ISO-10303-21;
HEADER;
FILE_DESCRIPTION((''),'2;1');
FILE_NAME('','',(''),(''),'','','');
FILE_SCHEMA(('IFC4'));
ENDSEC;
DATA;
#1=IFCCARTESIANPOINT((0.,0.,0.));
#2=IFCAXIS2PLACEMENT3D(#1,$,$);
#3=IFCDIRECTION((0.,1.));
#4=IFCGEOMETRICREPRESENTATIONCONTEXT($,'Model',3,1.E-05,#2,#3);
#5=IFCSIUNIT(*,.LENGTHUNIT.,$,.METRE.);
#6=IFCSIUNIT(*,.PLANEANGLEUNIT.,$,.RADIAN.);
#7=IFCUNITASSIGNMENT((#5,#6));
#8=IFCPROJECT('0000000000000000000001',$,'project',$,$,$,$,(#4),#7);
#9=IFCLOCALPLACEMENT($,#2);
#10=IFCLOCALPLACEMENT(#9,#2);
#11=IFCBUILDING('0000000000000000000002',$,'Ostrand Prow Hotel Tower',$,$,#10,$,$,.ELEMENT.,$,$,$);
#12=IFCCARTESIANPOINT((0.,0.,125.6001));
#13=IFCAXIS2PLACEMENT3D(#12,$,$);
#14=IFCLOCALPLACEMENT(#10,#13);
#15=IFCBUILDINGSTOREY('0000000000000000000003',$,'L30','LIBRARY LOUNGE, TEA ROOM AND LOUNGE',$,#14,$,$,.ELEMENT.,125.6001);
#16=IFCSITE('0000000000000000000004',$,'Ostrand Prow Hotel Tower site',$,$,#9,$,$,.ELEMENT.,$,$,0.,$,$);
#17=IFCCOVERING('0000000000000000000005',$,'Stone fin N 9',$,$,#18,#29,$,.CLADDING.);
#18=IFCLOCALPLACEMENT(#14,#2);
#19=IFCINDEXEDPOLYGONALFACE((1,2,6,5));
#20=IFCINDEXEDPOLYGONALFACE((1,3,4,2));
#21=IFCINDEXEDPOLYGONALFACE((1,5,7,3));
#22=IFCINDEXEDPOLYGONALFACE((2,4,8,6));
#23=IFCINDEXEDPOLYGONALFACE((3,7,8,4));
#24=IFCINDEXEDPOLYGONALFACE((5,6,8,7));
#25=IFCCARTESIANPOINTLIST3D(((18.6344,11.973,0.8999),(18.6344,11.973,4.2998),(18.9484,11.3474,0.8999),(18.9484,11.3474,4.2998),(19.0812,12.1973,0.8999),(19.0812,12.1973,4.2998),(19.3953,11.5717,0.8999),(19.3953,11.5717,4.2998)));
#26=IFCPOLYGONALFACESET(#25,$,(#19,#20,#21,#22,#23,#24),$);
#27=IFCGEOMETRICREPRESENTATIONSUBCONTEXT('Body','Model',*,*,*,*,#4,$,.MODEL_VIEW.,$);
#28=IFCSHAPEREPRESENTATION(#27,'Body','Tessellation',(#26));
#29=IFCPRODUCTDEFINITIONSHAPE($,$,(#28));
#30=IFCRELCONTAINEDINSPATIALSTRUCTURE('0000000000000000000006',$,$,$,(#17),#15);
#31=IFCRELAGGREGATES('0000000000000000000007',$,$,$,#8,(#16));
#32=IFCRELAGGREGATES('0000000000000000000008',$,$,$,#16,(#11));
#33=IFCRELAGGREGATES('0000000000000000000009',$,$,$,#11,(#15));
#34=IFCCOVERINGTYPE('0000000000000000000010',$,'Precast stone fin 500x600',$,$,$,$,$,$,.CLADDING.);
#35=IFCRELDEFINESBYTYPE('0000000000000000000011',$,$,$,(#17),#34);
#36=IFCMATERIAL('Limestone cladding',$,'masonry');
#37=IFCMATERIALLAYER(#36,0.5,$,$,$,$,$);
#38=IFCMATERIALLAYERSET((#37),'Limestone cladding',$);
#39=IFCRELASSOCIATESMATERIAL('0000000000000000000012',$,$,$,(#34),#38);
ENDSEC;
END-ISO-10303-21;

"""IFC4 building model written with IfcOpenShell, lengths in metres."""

from ifc_helpers import new_model, si_unit, direction, frame, frame_2d, origin, place, context, subcontext, project, spatial, rectangle, extrude, material, layer, layer_set, type_object, element, save


model = new_model("IFC4")

# Units and contexts
model_context = context("Model", 3, precision=1e-05, world=origin(), true_north=direction((0.0, 1.0)))
body_context = subcontext(model_context, "Body", "Model", "MODEL_VIEW")
ifc_project = project(units=[si_unit("LENGTHUNIT", "METRE"), si_unit("PLANEANGLEUNIT", "RADIAN")], contexts=[model_context])

# Site, building, storey
site_placement = place(None, origin())
site = spatial("IfcSite", under=ifc_project, at=site_placement, Name="Ostrand Prow Hotel Tower site", CompositionType="ELEMENT", RefElevation=0.0)
building_placement = place(site_placement, origin())
building = spatial("IfcBuilding", under=site, at=building_placement, Name="Ostrand Prow Hotel Tower", CompositionType="ELEMENT")
storey_placement = place(building_placement, frame((0.0, 0.0, 125.6001)))
storey = spatial("IfcBuildingStorey", under=building, at=storey_placement, Name="L30", Description="LIBRARY LOUNGE, TEA ROOM AND LOUNGE", CompositionType="ELEMENT", Elevation=125.6001)

# Covering
ifc_material_1 = material(Name="Limestone cladding", Category="masonry")
ifc_layer_1 = layer(ifc_material_1, 0.5)
ifc_layer_set_1 = layer_set([ifc_layer_1], Name="Limestone cladding")
covering_type_1 = type_object("IfcCoveringType", Name="Precast stone fin 500x600", PredefinedType="CLADDING", material=ifc_layer_set_1)
covering_1_placement = place(storey_placement, frame((19.1719, 11.4595, 0.8999), z_axis=(0.0, 0.0, 1.0), x_axis=(-0.448608, 0.893728, 0.0)))
element("IfcCovering", 1, at=covering_1_placement, inside=storey, type_object=covering_type_1, Name="Stone fin N 9", PredefinedType="CLADDING", context=body_context, shape_type="SweptSolid", body=[
    extrude(rectangle(XDim=0.7, YDim=0.5, at=frame_2d((0.3501, 0.0))), origin(), (0.0, 0.0, 1.0), 3.3999),
])

save(model, "model.ifc")
